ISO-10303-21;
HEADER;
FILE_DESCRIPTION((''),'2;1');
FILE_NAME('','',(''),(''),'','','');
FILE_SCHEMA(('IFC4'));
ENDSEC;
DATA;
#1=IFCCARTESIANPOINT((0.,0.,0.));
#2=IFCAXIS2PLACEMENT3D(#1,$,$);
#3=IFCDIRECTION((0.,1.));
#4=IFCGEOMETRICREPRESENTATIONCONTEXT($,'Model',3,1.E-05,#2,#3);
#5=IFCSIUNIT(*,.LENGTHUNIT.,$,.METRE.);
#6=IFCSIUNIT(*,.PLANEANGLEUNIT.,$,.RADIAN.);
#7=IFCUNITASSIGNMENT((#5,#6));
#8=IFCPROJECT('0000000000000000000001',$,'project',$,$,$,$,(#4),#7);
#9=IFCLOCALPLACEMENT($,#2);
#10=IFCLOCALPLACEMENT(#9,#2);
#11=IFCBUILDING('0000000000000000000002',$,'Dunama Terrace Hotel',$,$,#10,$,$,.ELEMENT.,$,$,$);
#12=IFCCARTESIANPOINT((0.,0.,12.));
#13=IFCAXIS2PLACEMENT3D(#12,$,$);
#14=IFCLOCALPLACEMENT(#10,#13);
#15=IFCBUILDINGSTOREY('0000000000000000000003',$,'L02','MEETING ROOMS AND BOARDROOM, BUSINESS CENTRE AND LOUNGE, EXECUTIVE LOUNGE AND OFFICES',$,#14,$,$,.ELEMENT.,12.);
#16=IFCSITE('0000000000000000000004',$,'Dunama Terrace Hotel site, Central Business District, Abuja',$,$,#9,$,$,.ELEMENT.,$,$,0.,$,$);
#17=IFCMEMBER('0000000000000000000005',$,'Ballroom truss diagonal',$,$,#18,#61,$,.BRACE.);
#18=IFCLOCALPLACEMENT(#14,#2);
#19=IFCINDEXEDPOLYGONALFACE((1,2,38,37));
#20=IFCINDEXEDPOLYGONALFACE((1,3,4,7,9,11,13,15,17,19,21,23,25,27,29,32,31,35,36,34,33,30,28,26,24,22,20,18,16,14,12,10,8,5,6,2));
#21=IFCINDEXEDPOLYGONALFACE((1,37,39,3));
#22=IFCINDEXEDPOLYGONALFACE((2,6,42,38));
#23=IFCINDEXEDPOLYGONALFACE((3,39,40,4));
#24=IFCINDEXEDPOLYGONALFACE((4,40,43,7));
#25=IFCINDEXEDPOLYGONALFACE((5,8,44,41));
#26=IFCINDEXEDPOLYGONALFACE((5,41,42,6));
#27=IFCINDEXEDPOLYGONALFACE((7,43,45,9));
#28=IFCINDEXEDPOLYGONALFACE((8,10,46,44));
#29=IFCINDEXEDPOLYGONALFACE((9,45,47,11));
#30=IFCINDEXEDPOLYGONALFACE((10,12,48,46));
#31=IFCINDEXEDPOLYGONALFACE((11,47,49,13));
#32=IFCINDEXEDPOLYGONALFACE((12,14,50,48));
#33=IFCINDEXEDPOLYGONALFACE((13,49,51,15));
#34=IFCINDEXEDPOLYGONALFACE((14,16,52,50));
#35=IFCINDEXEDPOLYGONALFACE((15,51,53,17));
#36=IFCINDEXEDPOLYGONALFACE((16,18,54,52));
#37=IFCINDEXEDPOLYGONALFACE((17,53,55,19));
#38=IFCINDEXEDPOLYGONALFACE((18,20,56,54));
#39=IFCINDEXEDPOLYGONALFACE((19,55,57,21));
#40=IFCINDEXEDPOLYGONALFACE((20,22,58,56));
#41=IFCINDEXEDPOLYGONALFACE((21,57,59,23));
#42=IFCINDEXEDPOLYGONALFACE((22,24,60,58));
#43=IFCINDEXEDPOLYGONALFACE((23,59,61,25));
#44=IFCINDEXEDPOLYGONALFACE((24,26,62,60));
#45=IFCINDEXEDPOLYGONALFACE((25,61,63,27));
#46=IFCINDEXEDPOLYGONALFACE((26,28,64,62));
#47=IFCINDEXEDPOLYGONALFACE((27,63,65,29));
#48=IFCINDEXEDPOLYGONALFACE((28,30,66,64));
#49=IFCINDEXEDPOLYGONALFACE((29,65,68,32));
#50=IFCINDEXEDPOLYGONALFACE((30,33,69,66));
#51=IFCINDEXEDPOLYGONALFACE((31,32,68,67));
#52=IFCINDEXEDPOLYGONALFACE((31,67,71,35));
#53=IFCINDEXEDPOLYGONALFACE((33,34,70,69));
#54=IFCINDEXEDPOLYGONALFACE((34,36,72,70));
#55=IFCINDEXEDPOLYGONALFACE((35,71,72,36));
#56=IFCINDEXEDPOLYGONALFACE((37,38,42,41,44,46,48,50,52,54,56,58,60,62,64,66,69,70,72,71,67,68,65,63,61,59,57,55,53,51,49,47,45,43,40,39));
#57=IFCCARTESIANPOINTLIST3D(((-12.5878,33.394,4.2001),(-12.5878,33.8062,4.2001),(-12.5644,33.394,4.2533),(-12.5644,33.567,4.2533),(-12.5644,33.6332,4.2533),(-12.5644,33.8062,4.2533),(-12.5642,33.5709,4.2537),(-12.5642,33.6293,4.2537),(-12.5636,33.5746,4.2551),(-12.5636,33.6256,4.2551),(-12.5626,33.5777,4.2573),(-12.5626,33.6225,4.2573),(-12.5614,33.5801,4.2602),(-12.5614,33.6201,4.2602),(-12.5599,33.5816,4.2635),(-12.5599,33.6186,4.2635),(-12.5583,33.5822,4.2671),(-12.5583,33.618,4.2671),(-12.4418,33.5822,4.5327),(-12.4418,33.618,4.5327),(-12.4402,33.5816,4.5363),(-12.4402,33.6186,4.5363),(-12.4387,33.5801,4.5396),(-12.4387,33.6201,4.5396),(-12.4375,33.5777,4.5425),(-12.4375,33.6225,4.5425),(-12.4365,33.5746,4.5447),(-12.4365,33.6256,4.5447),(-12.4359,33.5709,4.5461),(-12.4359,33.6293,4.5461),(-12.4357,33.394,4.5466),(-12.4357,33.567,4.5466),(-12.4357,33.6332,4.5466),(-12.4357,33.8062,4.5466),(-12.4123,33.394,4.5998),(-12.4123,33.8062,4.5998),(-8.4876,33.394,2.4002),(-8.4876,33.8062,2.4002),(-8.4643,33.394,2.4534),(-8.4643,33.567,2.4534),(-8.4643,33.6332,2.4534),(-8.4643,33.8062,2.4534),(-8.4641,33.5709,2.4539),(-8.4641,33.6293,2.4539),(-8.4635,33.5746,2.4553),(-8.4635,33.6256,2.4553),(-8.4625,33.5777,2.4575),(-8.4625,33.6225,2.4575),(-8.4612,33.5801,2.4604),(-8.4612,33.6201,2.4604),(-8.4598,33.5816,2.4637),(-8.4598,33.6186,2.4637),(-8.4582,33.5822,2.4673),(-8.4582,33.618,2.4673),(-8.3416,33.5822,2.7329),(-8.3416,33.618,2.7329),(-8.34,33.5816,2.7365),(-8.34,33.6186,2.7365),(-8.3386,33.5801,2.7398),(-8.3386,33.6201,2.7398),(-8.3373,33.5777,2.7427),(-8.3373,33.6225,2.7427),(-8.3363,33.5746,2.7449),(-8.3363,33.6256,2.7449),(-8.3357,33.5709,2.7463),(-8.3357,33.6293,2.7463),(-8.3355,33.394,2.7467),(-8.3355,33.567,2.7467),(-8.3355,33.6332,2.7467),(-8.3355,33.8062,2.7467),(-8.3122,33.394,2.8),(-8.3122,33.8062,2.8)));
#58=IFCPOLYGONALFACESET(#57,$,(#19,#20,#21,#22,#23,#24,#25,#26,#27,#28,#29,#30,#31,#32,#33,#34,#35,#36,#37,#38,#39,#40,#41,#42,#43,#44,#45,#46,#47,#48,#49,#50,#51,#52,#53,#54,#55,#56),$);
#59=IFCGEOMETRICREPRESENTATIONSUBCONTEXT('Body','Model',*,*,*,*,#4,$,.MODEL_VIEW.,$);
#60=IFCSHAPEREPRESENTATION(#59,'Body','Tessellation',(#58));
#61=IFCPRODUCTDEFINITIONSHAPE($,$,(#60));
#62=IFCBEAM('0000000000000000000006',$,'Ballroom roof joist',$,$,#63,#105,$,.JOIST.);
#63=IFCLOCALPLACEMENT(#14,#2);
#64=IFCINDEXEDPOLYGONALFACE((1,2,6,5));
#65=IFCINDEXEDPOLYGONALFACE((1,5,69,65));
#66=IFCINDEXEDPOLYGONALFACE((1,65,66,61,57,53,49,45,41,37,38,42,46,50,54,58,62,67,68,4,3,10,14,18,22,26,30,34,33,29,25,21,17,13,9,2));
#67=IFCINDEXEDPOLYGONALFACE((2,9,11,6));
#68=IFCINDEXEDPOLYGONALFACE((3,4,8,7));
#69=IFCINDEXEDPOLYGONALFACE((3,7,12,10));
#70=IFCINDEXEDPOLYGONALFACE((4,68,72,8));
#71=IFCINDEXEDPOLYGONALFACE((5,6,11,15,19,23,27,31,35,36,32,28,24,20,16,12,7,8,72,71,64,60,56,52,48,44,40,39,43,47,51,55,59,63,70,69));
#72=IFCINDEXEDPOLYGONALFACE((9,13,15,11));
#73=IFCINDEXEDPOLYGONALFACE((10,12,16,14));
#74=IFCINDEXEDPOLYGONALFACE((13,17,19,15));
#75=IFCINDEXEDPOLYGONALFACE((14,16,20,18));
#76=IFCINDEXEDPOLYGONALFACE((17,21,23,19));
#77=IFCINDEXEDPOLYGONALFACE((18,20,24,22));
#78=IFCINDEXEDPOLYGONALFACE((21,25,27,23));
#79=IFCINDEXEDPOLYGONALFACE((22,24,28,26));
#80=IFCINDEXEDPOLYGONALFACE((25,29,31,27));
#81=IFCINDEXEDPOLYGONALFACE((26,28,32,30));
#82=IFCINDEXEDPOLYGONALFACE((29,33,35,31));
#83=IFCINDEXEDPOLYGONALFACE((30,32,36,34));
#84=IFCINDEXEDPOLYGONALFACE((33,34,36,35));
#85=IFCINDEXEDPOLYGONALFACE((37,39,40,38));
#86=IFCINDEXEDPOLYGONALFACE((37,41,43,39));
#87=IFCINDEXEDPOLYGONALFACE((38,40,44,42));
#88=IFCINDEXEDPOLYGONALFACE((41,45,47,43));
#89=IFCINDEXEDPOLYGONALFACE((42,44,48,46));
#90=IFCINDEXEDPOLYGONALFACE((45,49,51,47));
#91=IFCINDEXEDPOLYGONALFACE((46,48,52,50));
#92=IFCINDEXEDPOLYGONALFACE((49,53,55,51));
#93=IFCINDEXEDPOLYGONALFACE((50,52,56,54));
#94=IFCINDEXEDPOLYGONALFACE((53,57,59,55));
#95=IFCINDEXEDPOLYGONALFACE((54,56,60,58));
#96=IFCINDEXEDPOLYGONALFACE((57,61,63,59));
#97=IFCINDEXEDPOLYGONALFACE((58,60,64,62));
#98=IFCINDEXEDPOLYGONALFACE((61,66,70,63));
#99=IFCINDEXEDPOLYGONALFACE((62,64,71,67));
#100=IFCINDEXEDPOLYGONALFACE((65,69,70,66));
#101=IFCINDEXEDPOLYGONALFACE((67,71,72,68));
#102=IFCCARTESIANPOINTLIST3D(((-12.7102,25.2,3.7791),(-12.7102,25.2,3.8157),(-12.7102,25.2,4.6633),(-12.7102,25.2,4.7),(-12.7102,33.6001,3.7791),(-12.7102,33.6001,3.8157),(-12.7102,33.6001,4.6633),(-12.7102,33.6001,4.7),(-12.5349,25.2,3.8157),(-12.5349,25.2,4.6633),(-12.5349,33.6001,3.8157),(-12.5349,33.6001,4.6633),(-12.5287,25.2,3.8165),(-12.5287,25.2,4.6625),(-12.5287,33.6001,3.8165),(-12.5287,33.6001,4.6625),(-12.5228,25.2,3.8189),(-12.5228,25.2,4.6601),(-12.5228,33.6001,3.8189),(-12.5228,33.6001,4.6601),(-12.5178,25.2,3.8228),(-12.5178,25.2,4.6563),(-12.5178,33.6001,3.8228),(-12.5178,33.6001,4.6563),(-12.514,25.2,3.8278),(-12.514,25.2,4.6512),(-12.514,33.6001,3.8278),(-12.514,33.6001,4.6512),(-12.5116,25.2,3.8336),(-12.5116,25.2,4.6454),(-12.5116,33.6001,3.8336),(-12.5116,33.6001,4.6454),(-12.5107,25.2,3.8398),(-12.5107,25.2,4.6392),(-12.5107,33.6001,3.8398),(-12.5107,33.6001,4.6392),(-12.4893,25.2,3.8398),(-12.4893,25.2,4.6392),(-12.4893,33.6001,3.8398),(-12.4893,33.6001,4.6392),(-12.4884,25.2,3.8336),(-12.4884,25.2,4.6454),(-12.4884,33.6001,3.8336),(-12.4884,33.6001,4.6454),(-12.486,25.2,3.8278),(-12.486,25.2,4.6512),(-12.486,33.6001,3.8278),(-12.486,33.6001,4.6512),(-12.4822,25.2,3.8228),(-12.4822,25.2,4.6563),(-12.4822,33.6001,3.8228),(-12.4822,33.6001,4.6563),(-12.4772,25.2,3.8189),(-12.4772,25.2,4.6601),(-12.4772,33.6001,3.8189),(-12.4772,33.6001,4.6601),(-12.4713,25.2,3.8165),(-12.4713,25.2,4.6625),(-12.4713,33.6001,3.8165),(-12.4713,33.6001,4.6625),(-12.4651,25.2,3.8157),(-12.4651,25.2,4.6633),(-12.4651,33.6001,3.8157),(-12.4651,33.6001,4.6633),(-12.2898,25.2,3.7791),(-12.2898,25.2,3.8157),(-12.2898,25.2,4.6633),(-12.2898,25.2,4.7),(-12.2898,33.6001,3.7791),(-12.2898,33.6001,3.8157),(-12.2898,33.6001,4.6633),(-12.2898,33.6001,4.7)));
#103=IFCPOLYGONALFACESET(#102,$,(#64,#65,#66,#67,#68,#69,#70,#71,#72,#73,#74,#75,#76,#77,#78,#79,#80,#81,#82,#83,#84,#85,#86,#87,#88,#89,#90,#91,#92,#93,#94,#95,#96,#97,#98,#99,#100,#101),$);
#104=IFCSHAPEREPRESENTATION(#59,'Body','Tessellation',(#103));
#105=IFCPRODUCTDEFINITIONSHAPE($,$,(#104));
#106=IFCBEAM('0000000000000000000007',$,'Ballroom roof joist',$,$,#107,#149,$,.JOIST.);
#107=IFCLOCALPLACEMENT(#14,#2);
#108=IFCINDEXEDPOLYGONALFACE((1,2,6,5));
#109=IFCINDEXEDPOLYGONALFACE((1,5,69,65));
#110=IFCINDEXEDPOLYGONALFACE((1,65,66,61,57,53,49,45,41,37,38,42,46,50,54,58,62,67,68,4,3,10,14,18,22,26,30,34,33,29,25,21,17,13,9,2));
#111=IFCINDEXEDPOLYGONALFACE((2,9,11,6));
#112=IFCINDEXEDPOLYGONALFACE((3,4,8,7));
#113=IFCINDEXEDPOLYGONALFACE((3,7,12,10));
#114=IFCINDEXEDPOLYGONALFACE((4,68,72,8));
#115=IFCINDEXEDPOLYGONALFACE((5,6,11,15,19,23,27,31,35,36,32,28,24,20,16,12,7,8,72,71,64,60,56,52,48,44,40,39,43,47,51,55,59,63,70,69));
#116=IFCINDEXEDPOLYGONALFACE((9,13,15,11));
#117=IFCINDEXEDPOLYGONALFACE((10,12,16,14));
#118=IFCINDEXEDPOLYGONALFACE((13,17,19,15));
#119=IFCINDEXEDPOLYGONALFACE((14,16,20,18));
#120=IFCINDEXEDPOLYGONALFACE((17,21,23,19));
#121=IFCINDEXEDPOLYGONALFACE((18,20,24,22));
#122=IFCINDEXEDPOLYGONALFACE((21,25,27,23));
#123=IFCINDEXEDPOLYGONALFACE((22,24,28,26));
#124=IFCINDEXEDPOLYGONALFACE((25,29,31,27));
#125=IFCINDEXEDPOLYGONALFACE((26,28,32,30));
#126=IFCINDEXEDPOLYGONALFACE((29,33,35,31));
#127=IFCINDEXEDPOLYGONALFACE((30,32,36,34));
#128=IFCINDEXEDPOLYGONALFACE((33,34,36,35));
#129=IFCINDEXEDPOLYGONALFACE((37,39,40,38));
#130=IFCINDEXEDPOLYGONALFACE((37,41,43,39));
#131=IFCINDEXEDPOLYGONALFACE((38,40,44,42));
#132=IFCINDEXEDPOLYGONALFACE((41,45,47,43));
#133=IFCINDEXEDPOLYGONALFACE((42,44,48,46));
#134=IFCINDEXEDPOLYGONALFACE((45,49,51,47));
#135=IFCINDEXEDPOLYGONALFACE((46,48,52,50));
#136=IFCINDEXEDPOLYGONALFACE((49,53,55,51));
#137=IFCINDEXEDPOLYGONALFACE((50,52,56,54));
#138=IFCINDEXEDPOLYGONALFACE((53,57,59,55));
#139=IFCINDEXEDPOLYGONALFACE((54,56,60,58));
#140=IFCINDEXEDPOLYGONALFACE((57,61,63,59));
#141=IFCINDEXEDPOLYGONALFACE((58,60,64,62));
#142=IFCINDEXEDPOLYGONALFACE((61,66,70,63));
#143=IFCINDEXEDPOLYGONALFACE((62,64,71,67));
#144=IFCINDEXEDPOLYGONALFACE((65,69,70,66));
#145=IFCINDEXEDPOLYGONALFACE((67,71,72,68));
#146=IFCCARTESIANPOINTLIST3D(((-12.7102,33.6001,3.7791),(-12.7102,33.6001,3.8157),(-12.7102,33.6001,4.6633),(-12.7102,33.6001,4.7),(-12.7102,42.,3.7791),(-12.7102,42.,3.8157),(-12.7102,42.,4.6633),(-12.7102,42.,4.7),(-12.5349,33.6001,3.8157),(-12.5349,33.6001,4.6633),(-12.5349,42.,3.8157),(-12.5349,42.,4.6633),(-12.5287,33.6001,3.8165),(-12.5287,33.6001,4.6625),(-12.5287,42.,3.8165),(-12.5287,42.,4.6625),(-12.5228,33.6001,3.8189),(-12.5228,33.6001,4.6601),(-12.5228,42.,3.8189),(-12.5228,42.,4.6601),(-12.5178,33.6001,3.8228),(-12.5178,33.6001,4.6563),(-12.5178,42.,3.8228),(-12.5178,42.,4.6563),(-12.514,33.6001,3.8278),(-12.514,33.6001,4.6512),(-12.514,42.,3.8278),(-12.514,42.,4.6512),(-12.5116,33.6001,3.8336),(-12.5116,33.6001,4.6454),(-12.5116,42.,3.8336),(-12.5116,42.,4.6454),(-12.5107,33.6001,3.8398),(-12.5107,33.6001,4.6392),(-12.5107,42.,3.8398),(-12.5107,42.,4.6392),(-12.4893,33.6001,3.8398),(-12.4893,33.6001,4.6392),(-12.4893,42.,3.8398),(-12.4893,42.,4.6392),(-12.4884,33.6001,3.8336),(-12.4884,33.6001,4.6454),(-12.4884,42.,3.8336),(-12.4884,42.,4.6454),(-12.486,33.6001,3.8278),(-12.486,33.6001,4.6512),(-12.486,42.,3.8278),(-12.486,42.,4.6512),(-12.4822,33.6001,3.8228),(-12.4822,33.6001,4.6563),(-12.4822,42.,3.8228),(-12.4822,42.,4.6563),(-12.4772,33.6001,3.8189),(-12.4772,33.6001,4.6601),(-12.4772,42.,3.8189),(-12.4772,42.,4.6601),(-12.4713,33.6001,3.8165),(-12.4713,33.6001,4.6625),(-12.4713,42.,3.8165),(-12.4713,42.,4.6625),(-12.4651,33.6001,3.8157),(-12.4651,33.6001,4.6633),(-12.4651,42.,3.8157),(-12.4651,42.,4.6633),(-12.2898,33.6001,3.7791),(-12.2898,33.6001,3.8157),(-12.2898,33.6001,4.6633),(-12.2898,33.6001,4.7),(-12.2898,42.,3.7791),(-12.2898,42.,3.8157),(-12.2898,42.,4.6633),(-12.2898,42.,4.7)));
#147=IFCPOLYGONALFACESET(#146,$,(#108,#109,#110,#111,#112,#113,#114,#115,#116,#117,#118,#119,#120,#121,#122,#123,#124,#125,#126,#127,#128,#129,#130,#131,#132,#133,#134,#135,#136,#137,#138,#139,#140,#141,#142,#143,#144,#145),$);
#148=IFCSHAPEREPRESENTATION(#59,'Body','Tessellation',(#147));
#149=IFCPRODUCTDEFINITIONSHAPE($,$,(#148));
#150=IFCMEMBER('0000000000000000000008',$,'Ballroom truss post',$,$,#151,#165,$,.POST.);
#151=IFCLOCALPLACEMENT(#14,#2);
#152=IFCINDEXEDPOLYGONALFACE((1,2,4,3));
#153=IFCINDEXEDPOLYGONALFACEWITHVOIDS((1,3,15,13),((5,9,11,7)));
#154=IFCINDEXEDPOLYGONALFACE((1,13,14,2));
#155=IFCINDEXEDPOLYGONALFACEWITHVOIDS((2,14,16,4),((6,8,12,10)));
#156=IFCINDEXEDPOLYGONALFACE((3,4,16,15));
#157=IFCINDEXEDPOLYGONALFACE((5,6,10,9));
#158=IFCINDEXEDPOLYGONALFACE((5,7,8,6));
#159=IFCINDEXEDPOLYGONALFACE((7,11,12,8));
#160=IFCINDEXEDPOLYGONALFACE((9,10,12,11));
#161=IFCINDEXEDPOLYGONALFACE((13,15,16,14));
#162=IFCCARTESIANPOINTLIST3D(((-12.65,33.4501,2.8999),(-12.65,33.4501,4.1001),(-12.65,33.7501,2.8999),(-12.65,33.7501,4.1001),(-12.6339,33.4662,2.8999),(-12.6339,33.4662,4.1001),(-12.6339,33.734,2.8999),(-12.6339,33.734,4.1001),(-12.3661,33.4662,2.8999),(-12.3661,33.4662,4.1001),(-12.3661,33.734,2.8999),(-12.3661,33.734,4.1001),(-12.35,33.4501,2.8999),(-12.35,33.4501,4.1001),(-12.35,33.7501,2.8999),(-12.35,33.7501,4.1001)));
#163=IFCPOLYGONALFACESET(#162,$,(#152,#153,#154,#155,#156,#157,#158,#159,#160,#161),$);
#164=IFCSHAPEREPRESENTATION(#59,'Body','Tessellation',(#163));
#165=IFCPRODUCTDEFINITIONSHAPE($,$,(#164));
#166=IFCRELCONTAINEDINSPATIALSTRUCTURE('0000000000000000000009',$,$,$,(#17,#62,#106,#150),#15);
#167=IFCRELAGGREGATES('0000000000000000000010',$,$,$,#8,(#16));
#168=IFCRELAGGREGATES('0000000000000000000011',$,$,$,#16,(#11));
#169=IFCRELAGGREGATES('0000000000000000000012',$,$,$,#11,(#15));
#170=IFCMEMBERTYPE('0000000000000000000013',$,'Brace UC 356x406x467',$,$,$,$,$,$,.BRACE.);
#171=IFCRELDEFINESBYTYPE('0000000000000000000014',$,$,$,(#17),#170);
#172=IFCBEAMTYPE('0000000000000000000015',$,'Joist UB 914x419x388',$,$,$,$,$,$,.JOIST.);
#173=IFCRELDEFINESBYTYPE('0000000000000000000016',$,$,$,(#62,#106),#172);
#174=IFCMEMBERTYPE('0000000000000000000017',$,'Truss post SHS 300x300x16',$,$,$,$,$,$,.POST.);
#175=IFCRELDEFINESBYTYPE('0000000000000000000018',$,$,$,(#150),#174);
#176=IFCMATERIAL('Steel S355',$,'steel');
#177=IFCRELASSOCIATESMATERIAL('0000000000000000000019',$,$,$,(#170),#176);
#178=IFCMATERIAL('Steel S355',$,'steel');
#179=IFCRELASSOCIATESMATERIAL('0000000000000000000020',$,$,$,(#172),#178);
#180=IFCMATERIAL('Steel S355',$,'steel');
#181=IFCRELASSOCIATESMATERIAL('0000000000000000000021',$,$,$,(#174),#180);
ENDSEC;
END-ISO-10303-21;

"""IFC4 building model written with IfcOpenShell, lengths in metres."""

from ifc_helpers import new_model, si_unit, direction, frame, origin, origin_2d, place, context, subcontext, project, spatial, hollow_rectangle, i_section, extrude, material, material_profile, profile_set, type_object, element, save


model = new_model("IFC4")

# Units and contexts
model_context = context("Model", 3, precision=1e-05, world=origin(), true_north=direction((0.0, 1.0)))
body_context = subcontext(model_context, "Body", "Model", "MODEL_VIEW")
ifc_project = project(units=[si_unit("LENGTHUNIT", "METRE"), si_unit("PLANEANGLEUNIT", "RADIAN")], contexts=[model_context])

# Site, building, storey
site_placement = place(None, origin())
site = spatial("IfcSite", under=ifc_project, at=site_placement, Name="Dunama Terrace Hotel site, Central Business District, Abuja", CompositionType="ELEMENT", RefElevation=0.0)
building_placement = place(site_placement, origin())
building = spatial("IfcBuilding", under=site, at=building_placement, Name="Dunama Terrace Hotel", CompositionType="ELEMENT")
storey_placement = place(building_placement, frame((0.0, 0.0, 12.0)))
storey = spatial("IfcBuildingStorey", under=building, at=storey_placement, Name="L02", Description="MEETING ROOMS AND BOARDROOM, BUSINESS CENTRE AND LOUNGE, EXECUTIVE LOUNGE AND OFFICES", CompositionType="ELEMENT", Elevation=12.0)

# Member
ifc_material_1 = material(Name="Steel S355", Category="steel")
ifc_material_profile_1 = material_profile(ifc_material_1, i_section(OverallWidth=0.4121, OverallDepth=0.4365, WebThickness=0.0359, FlangeThickness=0.0581, FilletRadius=0.0151, at=origin_2d()), Name="UC 356x406x467")
ifc_profile_set_1 = profile_set([ifc_material_profile_1], Name="Steel S355")
member_type_1 = type_object("IfcMemberType", Name="Brace UC 356x406x467", PredefinedType="BRACE", material=ifc_profile_set_1)
for number, where, z_axis, x_axis, name in (
    (1, (-8.3999, 33.6001, 2.6001), (-0.915664, 0.0, 0.401945), (0.0, -1.0, 0.0), "Ballroom truss diagonal"),
):
    element("IfcMember", number, at=place(storey_placement, frame(where, z_axis=z_axis, x_axis=x_axis)), inside=storey, type_object=member_type_1, Name=name, PredefinedType="BRACE", context=body_context, shape_type="SweptSolid", body=[
        extrude(i_section(OverallWidth=0.4121, OverallDepth=0.4365, WebThickness=0.0359, FlangeThickness=0.0581, FilletRadius=0.0151, at=origin_2d()), origin(), (0.0, 0.0, 1.0), 4.4778),
    ])

# Beams
ifc_material_2 = material(Name="Steel S355", Category="steel")
ifc_material_profile_2 = material_profile(ifc_material_2, i_section(OverallWidth=0.4204, OverallDepth=0.9209, WebThickness=0.0215, FlangeThickness=0.0366, FilletRadius=0.0242, at=origin_2d()), Name="UB 914x419x388")
ifc_profile_set_2 = profile_set([ifc_material_profile_2], Name="Steel S355")
beam_type = type_object("IfcBeamType", Name="Joist UB 914x419x388", PredefinedType="JOIST", material=ifc_profile_set_2)
beam_1_placement = place(storey_placement, frame((-12.5, 25.2, 4.2395), z_axis=(0.0, 1.0, 0.0), x_axis=(-1.0, 0.0, 0.0)))
element("IfcBeam", 2, at=beam_1_placement, inside=storey, type_object=beam_type, Name="Ballroom roof joist", PredefinedType="JOIST", context=body_context, shape_type="SweptSolid", body=[
    extrude(i_section(OverallWidth=0.4204, OverallDepth=0.9209, WebThickness=0.0215, FlangeThickness=0.0366, FilletRadius=0.0242, at=origin_2d()), origin(), (0.0, 0.0, 1.0), 8.4001),
])
beam_2_placement = place(storey_placement, frame((-12.5, 33.6001, 4.2395), z_axis=(0.0, 1.0, 0.0), x_axis=(-1.0, 0.0, 0.0)))
element("IfcBeam", 3, at=beam_2_placement, inside=storey, type_object=beam_type, Name="Ballroom roof joist", PredefinedType="JOIST", context=body_context, shape_type="SweptSolid", body=[
    extrude(i_section(OverallWidth=0.4204, OverallDepth=0.9209, WebThickness=0.0215, FlangeThickness=0.0366, FilletRadius=0.0242, at=origin_2d()), origin(), (0.0, 0.0, 1.0), 8.3999),
])

# Member
ifc_material_3 = material(Name="Steel S355", Category="steel")
ifc_material_profile_3 = material_profile(ifc_material_3, hollow_rectangle(XDim=0.3, YDim=0.3, WallThickness=0.0161, at=origin_2d()), Name="SHS 300x300x16")
ifc_profile_set_3 = profile_set([ifc_material_profile_3], Name="Steel S355")
member_type_2 = type_object("IfcMemberType", Name="Truss post SHS 300x300x16", PredefinedType="POST", material=ifc_profile_set_3)
member_placement = place(storey_placement, frame((-12.5, 33.6001, 2.8999), z_axis=(0.0, 0.0, 1.0), x_axis=(1.0, 0.0, 0.0)))
element("IfcMember", 4, at=member_placement, inside=storey, type_object=member_type_2, Name="Ballroom truss post", PredefinedType="POST", context=body_context, shape_type="SweptSolid", body=[
    extrude(hollow_rectangle(XDim=0.3, YDim=0.3, WallThickness=0.0161, at=origin_2d()), origin(), (0.0, 0.0, 1.0), 1.2002),
])

save(model, "model.ifc")
